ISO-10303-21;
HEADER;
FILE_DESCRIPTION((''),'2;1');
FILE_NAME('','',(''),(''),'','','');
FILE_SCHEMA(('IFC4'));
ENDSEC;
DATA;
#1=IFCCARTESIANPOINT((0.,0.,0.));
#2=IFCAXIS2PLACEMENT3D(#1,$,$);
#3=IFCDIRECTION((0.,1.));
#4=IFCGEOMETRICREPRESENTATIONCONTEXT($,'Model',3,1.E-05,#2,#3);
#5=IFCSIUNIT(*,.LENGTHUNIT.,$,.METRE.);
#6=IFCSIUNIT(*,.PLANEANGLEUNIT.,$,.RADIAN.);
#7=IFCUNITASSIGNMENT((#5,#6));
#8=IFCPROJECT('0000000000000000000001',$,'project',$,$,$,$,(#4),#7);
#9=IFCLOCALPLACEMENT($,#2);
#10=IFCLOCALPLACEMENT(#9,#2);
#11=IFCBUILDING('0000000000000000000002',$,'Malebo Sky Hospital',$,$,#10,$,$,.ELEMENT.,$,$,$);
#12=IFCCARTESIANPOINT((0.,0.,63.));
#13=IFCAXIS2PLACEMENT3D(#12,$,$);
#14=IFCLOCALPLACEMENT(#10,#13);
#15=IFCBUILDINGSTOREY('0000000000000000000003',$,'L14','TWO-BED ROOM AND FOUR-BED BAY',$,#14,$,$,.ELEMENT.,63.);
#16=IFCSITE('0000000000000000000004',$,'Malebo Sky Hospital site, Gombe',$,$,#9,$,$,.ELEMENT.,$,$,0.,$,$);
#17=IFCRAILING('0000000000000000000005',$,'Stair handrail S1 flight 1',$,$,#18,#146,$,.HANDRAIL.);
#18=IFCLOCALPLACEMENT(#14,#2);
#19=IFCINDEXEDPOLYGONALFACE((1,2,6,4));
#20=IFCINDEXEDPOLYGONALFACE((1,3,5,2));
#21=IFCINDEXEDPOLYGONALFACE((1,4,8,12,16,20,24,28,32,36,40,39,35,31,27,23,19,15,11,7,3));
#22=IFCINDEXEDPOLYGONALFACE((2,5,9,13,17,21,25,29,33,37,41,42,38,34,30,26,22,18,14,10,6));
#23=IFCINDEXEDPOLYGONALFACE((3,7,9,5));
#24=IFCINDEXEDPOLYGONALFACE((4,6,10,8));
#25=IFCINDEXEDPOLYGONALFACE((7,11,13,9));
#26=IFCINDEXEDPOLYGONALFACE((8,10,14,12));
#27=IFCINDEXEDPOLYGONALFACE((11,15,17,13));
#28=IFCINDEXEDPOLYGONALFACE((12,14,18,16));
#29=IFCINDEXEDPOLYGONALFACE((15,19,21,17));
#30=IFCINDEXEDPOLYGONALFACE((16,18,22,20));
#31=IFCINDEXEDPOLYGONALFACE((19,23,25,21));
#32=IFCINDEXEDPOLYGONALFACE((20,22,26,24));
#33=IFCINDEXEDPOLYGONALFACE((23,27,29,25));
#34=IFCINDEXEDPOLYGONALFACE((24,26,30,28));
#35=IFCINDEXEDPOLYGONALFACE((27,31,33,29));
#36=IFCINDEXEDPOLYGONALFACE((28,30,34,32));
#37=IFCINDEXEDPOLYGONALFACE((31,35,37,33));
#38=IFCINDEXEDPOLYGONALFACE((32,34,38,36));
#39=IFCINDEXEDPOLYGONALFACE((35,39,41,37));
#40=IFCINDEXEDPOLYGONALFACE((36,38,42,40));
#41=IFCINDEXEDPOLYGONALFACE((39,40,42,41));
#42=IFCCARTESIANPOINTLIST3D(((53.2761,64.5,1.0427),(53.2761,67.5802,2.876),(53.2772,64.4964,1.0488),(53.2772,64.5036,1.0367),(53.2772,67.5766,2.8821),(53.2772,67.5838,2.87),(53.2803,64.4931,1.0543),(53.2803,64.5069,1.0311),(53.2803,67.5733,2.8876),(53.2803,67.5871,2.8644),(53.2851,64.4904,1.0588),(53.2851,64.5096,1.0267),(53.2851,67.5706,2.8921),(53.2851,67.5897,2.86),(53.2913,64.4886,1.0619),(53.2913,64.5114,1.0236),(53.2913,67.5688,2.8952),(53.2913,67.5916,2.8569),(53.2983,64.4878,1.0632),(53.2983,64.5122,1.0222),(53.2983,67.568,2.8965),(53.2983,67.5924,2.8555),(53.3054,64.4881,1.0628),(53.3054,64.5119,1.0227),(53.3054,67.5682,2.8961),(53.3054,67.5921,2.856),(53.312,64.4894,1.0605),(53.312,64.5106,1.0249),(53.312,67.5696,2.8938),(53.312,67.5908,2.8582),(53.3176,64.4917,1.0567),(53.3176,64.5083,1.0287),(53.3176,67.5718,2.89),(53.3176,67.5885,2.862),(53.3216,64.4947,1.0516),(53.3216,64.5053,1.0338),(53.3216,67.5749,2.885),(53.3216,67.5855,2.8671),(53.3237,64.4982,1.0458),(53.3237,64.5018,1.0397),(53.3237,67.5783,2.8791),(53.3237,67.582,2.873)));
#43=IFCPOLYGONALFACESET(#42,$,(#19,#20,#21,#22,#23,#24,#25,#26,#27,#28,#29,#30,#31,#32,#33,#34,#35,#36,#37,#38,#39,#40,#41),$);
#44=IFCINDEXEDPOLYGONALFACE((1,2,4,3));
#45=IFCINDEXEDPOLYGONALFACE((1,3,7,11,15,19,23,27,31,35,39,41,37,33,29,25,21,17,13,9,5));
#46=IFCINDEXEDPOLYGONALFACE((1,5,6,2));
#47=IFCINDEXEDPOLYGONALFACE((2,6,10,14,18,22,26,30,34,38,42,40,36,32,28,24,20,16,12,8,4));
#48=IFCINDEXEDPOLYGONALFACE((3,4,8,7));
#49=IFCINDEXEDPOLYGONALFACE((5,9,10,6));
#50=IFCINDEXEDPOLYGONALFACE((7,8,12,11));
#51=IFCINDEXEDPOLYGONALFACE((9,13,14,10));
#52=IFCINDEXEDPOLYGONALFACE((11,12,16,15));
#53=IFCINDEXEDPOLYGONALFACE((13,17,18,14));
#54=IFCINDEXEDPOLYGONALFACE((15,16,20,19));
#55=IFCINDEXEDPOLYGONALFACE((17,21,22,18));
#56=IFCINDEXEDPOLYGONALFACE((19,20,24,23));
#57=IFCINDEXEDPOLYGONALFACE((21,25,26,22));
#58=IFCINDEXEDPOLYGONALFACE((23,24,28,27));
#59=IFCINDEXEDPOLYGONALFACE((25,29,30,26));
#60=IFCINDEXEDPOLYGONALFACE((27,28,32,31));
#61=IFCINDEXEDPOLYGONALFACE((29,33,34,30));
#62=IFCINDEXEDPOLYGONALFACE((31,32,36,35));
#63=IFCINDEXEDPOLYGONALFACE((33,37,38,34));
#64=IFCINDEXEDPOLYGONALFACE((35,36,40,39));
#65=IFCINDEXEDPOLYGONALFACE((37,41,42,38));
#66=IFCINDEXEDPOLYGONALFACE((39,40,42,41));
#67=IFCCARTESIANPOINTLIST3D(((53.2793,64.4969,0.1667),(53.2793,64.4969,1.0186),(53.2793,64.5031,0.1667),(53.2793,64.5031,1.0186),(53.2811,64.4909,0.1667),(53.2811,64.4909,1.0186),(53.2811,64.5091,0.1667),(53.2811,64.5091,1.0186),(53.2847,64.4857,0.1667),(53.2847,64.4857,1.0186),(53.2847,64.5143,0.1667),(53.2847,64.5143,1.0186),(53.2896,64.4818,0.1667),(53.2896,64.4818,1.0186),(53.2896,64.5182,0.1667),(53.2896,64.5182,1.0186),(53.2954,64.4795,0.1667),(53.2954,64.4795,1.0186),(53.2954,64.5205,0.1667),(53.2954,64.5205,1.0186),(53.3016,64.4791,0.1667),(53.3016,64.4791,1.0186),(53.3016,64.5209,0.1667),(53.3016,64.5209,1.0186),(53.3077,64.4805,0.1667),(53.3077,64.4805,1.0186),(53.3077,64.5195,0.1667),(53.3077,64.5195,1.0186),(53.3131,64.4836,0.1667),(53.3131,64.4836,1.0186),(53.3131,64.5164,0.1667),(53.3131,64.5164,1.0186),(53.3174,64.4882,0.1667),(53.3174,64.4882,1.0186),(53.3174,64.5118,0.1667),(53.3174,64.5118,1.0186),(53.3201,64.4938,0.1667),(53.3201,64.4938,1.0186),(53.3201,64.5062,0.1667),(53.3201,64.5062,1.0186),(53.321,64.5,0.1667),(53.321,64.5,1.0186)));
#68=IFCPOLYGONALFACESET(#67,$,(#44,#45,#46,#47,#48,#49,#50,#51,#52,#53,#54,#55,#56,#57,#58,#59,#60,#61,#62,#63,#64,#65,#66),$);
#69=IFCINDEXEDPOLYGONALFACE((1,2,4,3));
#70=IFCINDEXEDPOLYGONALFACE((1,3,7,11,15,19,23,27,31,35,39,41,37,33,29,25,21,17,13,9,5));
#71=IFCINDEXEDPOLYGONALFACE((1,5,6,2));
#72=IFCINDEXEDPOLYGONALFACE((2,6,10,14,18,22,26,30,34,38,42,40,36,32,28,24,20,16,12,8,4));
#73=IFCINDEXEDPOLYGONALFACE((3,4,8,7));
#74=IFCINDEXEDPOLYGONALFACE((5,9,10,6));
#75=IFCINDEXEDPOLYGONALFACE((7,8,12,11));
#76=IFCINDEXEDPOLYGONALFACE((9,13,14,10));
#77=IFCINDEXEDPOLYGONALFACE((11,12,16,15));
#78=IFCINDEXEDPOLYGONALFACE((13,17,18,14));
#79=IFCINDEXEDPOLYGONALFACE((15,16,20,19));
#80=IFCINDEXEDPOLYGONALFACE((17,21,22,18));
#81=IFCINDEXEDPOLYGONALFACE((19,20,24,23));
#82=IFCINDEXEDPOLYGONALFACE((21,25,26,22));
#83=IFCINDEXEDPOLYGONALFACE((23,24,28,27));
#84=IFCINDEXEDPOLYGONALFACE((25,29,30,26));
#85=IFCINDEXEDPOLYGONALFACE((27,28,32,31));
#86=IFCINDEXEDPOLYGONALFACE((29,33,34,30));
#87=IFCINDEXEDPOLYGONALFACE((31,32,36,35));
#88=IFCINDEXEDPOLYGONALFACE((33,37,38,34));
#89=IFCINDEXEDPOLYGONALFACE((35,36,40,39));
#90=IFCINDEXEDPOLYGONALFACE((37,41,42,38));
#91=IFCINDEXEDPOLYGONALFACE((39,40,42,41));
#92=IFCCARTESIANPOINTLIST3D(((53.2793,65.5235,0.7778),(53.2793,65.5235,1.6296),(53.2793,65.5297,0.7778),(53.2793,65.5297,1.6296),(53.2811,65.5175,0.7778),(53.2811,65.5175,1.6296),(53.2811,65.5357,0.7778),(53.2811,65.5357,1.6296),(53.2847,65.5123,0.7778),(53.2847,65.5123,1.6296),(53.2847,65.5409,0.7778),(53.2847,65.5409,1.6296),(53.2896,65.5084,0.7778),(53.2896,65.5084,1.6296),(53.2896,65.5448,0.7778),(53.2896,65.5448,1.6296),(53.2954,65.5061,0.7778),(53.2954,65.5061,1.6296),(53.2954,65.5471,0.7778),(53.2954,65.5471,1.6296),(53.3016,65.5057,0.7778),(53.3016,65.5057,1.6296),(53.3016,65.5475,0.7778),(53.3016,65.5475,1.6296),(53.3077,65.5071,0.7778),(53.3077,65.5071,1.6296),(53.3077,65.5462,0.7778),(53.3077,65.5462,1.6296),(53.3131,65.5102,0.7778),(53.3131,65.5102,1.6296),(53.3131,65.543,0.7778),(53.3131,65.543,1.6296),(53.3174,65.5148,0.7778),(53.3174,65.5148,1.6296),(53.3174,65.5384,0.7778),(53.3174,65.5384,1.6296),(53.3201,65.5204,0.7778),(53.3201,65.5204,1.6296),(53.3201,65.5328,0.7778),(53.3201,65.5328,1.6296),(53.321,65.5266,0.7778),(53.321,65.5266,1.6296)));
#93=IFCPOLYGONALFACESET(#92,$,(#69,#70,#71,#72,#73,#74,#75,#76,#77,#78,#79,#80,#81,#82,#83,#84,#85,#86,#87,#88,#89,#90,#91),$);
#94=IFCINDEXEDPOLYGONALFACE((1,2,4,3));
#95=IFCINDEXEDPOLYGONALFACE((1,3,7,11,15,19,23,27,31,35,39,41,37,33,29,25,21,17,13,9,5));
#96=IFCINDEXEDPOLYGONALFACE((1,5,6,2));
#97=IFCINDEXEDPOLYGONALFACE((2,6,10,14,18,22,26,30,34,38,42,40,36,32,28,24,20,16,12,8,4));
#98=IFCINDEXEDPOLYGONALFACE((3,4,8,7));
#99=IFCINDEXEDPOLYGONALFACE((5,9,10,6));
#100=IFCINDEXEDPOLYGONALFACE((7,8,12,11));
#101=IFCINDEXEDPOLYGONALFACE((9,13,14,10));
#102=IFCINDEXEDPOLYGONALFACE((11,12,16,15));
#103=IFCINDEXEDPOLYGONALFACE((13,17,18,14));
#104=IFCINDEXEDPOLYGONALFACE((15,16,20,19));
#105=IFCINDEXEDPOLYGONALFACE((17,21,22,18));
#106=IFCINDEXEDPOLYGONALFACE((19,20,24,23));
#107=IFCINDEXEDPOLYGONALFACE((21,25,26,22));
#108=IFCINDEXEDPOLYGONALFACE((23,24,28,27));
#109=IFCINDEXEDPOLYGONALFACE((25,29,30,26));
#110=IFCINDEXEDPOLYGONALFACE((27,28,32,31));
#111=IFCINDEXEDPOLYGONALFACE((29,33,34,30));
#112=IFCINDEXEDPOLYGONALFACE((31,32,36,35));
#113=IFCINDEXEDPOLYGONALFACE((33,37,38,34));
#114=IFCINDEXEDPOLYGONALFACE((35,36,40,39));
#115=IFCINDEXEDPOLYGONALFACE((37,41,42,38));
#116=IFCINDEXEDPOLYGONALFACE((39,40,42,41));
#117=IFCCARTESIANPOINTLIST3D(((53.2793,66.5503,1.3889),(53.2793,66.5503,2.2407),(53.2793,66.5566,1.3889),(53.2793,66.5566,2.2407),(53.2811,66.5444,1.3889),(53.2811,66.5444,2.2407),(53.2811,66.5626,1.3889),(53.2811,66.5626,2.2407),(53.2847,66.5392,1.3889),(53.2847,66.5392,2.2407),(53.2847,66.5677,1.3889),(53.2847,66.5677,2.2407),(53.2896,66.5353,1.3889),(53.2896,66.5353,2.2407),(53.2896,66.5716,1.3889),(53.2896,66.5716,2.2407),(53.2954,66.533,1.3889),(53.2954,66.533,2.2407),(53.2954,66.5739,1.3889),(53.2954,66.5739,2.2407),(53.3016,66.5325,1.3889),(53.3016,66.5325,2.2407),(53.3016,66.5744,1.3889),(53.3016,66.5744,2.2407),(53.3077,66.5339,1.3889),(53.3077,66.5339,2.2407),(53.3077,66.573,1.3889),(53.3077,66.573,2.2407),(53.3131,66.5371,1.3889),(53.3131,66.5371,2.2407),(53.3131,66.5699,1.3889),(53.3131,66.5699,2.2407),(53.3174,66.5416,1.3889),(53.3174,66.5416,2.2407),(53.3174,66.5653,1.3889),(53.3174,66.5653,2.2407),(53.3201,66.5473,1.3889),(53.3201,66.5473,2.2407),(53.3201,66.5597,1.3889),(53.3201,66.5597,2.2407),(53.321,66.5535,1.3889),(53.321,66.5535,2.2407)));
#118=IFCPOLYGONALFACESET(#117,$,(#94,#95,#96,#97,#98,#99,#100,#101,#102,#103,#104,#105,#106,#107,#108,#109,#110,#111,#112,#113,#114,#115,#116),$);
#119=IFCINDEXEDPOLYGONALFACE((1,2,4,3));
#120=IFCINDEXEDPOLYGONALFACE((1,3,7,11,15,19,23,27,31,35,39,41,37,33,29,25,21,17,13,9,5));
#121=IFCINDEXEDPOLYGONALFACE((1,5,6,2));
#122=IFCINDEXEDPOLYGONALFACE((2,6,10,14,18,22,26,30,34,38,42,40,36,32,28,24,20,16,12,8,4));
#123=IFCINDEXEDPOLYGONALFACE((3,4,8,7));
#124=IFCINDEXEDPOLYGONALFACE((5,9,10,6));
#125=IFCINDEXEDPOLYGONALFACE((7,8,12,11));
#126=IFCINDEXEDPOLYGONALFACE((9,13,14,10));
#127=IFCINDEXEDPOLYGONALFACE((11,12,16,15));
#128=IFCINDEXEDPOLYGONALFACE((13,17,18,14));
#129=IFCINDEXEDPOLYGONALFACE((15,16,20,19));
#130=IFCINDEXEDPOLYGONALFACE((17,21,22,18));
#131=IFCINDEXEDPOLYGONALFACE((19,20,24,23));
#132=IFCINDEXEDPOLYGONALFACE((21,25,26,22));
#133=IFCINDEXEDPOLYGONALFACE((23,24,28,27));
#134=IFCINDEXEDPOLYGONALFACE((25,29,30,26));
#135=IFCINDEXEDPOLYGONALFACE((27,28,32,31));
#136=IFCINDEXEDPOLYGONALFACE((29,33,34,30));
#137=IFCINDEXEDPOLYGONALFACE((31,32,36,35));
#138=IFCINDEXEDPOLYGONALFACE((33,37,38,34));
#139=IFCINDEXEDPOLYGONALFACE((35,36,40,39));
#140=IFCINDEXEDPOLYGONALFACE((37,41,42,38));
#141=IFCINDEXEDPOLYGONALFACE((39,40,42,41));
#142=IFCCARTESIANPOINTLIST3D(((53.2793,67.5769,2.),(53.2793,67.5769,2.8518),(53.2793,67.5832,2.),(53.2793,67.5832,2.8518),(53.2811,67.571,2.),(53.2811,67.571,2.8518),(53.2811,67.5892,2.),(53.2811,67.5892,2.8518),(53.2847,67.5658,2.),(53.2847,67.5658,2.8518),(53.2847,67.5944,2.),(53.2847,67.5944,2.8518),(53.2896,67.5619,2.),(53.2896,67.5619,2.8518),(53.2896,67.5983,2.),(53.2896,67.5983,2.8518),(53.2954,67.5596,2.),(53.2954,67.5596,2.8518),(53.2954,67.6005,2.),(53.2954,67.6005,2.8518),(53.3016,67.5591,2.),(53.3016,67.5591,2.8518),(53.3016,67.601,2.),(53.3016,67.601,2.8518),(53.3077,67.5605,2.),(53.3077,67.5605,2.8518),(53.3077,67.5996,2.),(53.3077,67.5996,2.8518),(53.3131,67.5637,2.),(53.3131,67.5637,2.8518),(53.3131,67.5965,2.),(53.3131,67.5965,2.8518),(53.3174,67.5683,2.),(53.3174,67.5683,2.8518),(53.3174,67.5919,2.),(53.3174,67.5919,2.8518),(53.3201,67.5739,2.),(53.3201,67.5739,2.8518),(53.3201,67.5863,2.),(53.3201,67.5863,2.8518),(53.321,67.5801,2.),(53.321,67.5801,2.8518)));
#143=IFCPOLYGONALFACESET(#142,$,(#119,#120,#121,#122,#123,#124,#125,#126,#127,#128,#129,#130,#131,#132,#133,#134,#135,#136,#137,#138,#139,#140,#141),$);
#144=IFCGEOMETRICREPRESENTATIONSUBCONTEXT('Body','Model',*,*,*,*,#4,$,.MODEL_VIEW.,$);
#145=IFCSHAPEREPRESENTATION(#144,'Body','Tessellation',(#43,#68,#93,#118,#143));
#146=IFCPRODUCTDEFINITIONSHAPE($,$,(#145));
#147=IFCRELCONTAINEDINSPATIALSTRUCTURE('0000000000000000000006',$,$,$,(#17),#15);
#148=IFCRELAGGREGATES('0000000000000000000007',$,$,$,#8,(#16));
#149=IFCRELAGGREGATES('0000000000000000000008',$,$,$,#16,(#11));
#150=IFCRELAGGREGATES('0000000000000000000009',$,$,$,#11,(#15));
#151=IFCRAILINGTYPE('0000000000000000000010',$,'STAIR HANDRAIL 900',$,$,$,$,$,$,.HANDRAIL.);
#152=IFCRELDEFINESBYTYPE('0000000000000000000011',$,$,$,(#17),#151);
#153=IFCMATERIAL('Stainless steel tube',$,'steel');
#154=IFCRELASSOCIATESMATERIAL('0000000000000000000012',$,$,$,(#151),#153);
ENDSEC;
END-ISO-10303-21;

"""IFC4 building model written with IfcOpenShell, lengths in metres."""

from ifc_helpers import new_model, si_unit, direction, frame, origin, origin_2d, place, context, subcontext, project, spatial, circle, extrude, material, type_object, element, save


model = new_model("IFC4")

# Units and contexts
model_context = context("Model", 3, precision=1e-05, world=origin(), true_north=direction((0.0, 1.0)))
body_context = subcontext(model_context, "Body", "Model", "MODEL_VIEW")
ifc_project = project(units=[si_unit("LENGTHUNIT", "METRE"), si_unit("PLANEANGLEUNIT", "RADIAN")], contexts=[model_context])

# Site, building, storey
site_placement = place(None, origin())
site = spatial("IfcSite", under=ifc_project, at=site_placement, Name="Malebo Sky Hospital site, Gombe", CompositionType="ELEMENT", RefElevation=0.0)
building_placement = place(site_placement, origin())
building = spatial("IfcBuilding", under=site, at=building_placement, Name="Malebo Sky Hospital", CompositionType="ELEMENT")
storey_placement = place(building_placement, frame((0.0, 0.0, 63.0)))
storey = spatial("IfcBuildingStorey", under=building, at=storey_placement, Name="L14", Description="TWO-BED ROOM AND FOUR-BED BAY", CompositionType="ELEMENT", Elevation=63.0)

# Railing
ifc_material_1 = material(Name="Stainless steel tube", Category="steel")
railing_type = type_object("IfcRailingType", Name="STAIR HANDRAIL 900", PredefinedType="HANDRAIL", material=ifc_material_1)
railing_1_placement = place(storey_placement, frame((53.3, 64.5, 0.1667)))
element("IfcRailing", 1, at=railing_1_placement, inside=storey, type_object=railing_type, Name="Stair handrail S1 flight 1", PredefinedType="HANDRAIL", context=body_context, shape_type="SweptSolid", body=[
    extrude(circle(Radius=0.0239, at=origin_2d()), frame((0.0, 0.0, 0.876), z_axis=(0.0, 0.859309, 0.511458), x_axis=(-1.0, 0.0, 0.0)), (0.0, 0.0, 1.0), 3.5845),
    extrude(circle(Radius=0.021, at=origin_2d()), origin(), (0.0, 0.0, 1.0), 0.8518),
    extrude(circle(Radius=0.021, at=origin_2d()), frame((0.0, 1.0266, 0.6111)), (0.0, 0.0, 1.0), 0.8518),
    extrude(circle(Radius=0.021, at=origin_2d()), frame((0.0, 2.0535, 1.2222)), (0.0, 0.0, 1.0), 0.8518),
    extrude(circle(Radius=0.021, at=origin_2d()), frame((0.0, 3.0801, 1.8333)), (0.0, 0.0, 1.0), 0.8518),
])

save(model, "model.ifc")
